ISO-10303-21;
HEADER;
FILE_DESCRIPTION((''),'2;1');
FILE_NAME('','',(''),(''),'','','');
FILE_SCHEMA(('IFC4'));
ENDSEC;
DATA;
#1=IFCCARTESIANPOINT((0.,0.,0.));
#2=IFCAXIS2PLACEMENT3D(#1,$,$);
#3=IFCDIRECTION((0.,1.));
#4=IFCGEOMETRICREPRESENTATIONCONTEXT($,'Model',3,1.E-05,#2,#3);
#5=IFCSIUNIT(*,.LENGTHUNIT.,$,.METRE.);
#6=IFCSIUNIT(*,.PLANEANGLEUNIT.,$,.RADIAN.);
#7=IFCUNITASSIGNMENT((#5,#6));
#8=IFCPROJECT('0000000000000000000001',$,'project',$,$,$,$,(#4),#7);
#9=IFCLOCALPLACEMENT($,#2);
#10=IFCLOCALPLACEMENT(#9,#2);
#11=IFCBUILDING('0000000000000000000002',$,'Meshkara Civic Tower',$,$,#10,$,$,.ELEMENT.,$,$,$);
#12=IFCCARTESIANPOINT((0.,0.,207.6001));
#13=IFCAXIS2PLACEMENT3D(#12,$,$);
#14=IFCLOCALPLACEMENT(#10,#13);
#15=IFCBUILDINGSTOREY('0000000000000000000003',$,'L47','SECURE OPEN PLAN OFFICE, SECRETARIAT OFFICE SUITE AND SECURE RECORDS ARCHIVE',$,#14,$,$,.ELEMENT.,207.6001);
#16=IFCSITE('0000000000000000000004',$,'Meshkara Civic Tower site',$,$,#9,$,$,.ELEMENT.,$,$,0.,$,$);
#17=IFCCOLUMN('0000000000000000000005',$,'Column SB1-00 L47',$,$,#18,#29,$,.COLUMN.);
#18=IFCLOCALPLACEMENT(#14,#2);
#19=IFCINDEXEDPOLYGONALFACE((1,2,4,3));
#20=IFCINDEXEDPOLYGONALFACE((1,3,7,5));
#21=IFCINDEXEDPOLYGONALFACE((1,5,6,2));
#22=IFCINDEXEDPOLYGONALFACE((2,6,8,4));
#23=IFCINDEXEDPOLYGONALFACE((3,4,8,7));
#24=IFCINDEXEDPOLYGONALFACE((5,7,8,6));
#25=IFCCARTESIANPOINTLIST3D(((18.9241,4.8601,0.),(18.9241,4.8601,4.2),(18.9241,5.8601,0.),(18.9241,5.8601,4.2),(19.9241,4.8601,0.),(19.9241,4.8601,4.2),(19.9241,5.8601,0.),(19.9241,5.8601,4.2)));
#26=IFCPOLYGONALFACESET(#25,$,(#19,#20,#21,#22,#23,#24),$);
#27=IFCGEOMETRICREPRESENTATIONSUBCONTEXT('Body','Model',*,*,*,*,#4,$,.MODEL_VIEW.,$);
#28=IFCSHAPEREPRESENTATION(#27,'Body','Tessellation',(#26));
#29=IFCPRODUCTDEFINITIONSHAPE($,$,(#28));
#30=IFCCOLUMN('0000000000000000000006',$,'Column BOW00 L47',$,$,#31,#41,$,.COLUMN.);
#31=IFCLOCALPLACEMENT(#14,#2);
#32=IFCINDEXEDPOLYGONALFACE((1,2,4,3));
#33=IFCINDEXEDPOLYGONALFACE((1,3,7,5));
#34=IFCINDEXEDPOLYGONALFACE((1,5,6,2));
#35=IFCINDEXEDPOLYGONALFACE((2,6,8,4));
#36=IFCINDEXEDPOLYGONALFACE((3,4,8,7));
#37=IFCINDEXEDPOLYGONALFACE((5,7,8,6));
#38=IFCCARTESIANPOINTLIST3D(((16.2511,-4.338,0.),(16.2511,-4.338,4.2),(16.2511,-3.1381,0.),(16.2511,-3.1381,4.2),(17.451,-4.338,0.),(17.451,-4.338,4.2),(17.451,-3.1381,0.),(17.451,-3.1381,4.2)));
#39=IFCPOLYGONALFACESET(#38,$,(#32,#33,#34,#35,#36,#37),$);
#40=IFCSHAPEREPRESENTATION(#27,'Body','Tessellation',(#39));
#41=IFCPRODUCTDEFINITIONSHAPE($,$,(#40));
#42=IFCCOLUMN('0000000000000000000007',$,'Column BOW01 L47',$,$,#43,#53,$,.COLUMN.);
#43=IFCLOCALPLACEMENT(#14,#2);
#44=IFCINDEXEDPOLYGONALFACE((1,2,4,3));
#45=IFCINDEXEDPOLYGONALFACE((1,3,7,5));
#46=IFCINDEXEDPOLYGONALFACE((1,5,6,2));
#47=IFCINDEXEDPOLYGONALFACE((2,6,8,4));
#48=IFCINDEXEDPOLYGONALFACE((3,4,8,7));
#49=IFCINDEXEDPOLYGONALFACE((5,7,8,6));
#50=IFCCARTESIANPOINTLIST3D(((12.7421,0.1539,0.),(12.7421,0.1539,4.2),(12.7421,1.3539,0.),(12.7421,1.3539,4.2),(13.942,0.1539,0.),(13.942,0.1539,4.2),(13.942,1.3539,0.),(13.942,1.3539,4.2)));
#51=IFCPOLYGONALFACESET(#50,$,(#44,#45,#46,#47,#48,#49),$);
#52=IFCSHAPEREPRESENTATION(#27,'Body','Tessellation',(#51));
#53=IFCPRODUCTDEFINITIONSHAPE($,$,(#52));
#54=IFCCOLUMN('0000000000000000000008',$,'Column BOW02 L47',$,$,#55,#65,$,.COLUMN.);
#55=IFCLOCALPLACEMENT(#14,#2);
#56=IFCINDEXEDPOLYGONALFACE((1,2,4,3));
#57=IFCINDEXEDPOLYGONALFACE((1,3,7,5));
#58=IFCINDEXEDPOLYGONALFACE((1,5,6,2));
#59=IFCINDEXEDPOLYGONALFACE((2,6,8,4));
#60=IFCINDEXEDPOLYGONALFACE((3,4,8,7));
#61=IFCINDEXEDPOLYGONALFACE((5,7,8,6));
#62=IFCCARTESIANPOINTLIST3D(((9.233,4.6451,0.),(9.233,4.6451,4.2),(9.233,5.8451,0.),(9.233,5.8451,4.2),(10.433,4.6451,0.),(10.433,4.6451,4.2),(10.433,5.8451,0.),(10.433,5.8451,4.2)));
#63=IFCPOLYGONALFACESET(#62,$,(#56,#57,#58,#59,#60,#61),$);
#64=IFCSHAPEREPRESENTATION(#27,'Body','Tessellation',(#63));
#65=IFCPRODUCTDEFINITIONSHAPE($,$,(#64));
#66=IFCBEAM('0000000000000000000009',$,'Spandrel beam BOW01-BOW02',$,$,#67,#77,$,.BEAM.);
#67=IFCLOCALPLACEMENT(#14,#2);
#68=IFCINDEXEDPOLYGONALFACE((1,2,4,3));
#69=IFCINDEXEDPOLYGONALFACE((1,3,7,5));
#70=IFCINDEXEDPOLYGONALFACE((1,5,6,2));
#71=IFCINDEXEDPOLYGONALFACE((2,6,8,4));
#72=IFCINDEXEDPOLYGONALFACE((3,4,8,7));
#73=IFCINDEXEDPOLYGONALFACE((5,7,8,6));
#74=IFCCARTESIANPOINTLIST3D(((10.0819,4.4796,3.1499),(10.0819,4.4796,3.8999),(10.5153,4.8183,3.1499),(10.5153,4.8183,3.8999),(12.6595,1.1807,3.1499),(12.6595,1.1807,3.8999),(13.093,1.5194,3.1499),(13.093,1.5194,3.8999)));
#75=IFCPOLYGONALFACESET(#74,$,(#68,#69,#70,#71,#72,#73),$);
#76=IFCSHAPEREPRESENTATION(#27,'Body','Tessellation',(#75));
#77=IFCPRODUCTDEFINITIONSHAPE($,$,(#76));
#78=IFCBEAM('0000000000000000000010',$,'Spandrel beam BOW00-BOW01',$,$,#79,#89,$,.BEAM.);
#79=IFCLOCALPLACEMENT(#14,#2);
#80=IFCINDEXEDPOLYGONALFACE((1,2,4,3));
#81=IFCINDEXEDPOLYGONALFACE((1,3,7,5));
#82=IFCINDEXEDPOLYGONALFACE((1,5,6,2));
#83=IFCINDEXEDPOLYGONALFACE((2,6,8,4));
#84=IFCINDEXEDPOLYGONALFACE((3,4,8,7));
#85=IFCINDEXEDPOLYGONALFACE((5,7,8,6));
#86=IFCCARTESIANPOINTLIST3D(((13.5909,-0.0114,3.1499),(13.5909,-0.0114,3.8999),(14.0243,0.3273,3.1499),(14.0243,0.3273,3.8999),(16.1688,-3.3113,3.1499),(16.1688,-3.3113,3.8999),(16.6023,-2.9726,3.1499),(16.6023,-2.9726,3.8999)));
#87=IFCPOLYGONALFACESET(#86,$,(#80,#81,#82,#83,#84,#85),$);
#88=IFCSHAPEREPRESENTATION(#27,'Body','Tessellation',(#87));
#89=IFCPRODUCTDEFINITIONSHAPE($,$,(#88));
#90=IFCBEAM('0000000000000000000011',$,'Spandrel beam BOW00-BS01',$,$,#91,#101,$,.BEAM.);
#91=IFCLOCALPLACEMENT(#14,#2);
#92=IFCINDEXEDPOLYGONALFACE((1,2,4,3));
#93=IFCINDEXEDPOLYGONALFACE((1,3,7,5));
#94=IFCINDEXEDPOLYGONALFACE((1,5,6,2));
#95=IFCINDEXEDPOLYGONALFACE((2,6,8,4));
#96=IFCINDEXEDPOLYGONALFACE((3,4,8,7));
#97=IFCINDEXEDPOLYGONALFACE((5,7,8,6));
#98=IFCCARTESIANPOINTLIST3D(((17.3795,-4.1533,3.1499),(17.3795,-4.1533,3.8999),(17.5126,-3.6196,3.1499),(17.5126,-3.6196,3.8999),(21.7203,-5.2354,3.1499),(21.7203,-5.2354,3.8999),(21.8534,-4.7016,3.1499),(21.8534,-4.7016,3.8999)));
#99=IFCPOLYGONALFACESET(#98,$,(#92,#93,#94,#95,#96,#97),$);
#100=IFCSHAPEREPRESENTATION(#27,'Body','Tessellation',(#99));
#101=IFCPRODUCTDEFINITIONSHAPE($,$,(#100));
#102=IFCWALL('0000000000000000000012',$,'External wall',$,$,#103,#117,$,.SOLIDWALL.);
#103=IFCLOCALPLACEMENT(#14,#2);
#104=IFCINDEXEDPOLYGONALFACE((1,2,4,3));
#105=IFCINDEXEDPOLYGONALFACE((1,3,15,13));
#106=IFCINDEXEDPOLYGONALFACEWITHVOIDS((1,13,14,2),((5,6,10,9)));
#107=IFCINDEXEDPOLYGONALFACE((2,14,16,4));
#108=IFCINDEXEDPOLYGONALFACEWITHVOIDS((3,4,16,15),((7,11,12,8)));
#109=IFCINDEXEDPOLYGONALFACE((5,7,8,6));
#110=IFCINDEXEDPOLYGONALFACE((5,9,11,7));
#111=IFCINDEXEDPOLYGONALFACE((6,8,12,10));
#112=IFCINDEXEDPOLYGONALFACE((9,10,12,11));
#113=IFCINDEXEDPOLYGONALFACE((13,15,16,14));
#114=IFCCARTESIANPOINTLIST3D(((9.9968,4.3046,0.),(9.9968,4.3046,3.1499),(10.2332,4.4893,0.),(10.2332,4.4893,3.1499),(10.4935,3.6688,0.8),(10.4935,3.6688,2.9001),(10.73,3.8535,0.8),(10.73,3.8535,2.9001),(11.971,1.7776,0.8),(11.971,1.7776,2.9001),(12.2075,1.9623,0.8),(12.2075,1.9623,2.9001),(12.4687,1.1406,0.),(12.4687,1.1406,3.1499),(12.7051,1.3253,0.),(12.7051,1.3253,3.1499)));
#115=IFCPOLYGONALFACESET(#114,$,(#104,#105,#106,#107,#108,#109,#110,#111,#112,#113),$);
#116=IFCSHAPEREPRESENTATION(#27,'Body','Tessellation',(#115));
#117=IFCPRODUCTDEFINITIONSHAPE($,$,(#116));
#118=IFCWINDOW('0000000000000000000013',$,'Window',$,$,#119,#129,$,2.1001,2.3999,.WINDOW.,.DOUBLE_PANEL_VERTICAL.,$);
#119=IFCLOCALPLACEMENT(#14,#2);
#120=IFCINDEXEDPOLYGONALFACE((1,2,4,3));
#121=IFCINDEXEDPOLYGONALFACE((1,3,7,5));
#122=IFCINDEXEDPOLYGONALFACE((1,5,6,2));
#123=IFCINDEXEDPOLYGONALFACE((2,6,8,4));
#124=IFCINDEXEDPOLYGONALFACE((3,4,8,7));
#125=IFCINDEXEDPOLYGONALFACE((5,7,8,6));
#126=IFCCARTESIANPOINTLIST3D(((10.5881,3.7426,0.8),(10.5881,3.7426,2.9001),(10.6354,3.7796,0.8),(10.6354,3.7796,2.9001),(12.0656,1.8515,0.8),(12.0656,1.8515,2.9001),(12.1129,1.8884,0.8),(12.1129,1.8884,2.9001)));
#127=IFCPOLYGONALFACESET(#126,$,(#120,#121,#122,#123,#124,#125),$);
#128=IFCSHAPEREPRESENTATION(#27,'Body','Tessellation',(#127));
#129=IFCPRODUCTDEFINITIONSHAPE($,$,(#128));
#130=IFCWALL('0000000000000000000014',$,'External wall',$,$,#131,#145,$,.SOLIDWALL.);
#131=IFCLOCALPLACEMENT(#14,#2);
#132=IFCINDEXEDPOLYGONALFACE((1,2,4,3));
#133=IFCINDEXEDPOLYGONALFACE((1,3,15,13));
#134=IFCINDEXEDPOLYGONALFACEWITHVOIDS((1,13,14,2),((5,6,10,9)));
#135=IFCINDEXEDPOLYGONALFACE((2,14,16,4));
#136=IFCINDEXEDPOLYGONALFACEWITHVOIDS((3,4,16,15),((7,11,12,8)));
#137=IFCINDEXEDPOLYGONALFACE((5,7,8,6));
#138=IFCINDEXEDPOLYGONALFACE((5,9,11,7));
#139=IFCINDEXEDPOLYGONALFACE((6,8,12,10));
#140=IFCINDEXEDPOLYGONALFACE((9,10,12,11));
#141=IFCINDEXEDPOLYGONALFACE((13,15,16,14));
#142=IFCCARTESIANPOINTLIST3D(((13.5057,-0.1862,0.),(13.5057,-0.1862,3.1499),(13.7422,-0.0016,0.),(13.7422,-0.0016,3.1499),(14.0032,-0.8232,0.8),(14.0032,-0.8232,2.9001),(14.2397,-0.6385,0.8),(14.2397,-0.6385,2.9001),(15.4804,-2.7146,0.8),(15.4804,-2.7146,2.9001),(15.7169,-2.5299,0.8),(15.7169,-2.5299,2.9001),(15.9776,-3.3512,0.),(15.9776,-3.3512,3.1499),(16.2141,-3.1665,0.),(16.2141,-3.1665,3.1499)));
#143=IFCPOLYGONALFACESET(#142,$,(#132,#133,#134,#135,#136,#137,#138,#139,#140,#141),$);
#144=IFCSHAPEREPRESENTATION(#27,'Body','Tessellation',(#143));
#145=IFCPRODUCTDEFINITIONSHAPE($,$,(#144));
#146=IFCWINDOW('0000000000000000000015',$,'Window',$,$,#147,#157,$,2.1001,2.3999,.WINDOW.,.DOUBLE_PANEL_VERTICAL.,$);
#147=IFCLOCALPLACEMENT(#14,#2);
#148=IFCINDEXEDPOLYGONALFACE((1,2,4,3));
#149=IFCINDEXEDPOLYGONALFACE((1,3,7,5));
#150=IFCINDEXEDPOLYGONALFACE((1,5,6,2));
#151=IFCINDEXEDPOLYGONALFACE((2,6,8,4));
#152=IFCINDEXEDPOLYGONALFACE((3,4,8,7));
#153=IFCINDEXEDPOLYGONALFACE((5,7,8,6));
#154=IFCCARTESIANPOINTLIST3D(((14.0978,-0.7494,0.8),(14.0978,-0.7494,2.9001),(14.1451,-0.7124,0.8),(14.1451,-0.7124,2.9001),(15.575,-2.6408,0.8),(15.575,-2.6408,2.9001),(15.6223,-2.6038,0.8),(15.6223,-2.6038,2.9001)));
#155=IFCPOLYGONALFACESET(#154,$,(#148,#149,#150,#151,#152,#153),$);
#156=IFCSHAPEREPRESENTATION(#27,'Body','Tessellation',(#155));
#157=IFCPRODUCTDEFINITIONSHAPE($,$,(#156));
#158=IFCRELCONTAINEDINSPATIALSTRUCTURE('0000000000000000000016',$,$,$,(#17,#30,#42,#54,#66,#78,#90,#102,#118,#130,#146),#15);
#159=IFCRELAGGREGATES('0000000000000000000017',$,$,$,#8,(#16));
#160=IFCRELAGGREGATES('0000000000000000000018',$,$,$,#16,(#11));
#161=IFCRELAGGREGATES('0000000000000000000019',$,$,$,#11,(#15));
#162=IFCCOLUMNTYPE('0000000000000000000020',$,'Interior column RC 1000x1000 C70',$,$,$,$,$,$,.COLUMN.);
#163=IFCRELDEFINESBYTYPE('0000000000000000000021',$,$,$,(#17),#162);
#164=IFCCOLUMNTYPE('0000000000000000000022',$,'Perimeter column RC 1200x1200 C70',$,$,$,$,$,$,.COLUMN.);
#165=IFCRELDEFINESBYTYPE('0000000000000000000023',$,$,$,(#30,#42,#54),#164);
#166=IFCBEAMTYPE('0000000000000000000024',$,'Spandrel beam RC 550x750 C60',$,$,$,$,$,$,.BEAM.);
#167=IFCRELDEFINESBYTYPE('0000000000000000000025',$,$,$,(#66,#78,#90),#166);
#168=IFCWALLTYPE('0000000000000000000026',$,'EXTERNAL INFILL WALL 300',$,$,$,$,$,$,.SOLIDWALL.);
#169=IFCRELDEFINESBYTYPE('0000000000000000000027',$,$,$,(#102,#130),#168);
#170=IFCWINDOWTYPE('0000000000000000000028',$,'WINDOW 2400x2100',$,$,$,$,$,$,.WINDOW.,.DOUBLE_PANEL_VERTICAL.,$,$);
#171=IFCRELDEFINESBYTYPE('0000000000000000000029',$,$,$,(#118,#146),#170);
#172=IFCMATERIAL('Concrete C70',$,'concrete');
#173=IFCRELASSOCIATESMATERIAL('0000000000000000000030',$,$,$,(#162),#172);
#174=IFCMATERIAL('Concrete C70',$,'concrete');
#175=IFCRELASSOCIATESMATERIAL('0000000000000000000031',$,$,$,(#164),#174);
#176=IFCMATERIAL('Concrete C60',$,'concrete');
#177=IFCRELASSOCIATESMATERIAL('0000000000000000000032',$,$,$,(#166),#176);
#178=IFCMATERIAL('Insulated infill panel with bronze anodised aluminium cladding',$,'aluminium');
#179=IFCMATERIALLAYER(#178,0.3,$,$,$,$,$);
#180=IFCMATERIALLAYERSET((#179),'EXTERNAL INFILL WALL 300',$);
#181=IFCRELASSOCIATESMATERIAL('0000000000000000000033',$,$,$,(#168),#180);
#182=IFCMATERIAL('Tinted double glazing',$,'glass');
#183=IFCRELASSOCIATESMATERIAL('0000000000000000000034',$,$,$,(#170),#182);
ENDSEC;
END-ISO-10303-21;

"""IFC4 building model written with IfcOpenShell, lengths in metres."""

from ifc_helpers import new_model, si_unit, direction, frame, frame_2d, origin, origin_2d, place, context, subcontext, project, spatial, rectangle, extrude, material, layer, layer_set, material_profile, profile_set, type_object, element, fill, save


model = new_model("IFC4")

# Units and contexts
model_context = context("Model", 3, precision=1e-05, world=origin(), true_north=direction((0.0, 1.0)))
body_context = subcontext(model_context, "Body", "Model", "MODEL_VIEW")
ifc_project = project(units=[si_unit("LENGTHUNIT", "METRE"), si_unit("PLANEANGLEUNIT", "RADIAN")], contexts=[model_context])

# Site, building, storey
site_placement = place(None, origin())
site = spatial("IfcSite", under=ifc_project, at=site_placement, Name="Meshkara Civic Tower site", CompositionType="ELEMENT", RefElevation=0.0)
building_placement = place(site_placement, origin())
building = spatial("IfcBuilding", under=site, at=building_placement, Name="Meshkara Civic Tower", CompositionType="ELEMENT")
storey_placement = place(building_placement, frame((0.0, 0.0, 207.6001)))
storey = spatial("IfcBuildingStorey", under=building, at=storey_placement, Name="L47", Description="SECURE OPEN PLAN OFFICE, SECRETARIAT OFFICE SUITE AND SECURE RECORDS ARCHIVE", CompositionType="ELEMENT", Elevation=207.6001)

# Columns
ifc_material_1 = material(Name="Concrete C70", Category="concrete")
ifc_material_profile_1 = material_profile(ifc_material_1, rectangle(XDim=1.0, YDim=1.0, at=origin_2d()))
ifc_profile_set_1 = profile_set([ifc_material_profile_1], Name="Concrete C70")
column_type_1 = type_object("IfcColumnType", Name="Interior column RC 1000x1000 C70", PredefinedType="COLUMN", material=ifc_profile_set_1)
column_placement = place(storey_placement, frame((19.4241, 5.3601, 0.0), z_axis=(0.0, 0.0, 1.0), x_axis=(1.0, 0.0, 0.0)))
element("IfcColumn", 1, at=column_placement, inside=storey, type_object=column_type_1, Name="Column SB1-00 L47", PredefinedType="COLUMN", context=body_context, shape_type="SweptSolid", body=[
    extrude(rectangle(XDim=1.0, YDim=1.0, at=origin_2d()), origin(), (0.0, 0.0, 1.0), 4.2),
])
ifc_material_2 = material(Name="Concrete C70", Category="concrete")
ifc_material_profile_2 = material_profile(ifc_material_2, rectangle(XDim=1.2, YDim=1.2, at=origin_2d()))
ifc_profile_set_2 = profile_set([ifc_material_profile_2], Name="Concrete C70")
column_type_2 = type_object("IfcColumnType", Name="Perimeter column RC 1200x1200 C70", PredefinedType="COLUMN", material=ifc_profile_set_2)
for number, where, z_axis, x_axis, name in (
    (2, (16.8511, -3.738, 0.0), (0.0, 0.0, 1.0), (1.0, 0.0, 0.0), "Column BOW00 L47"),
    (3, (13.342, 0.7539, 0.0), (0.0, 0.0, 1.0), (1.0, 0.0, 0.0), "Column BOW01 L47"),
    (4, (9.833, 5.2451, 0.0), (0.0, 0.0, 1.0), (1.0, 0.0, 0.0), "Column BOW02 L47"),
):
    element("IfcColumn", number, at=place(storey_placement, frame(where, z_axis=z_axis, x_axis=x_axis)), inside=storey, type_object=column_type_2, Name=name, PredefinedType="COLUMN", context=body_context, shape_type="SweptSolid", body=[
        extrude(rectangle(XDim=1.2, YDim=1.2, at=origin_2d()), origin(), (0.0, 0.0, 1.0), 4.2),
    ])

# Beams
ifc_material_3 = material(Name="Concrete C60", Category="concrete")
ifc_material_profile_3 = material_profile(ifc_material_3, rectangle(XDim=0.55, YDim=0.75, at=origin_2d()))
ifc_profile_set_3 = profile_set([ifc_material_profile_3], Name="Concrete C60")
beam_type = type_object("IfcBeamType", Name="Spandrel beam RC 550x750 C60", PredefinedType="BEAM", material=ifc_profile_set_3)
beam_1_placement = place(storey_placement, frame((10.2986, 4.6489, 3.5249), z_axis=(0.615707, -0.787975, 0.0), x_axis=(0.787975, 0.615707, 0.0)))
element("IfcBeam", 5, at=beam_1_placement, inside=storey, type_object=beam_type, Name="Spandrel beam BOW01-BOW02", PredefinedType="BEAM", context=body_context, shape_type="SweptSolid", body=[
    extrude(rectangle(XDim=0.55, YDim=0.75, at=origin_2d()), origin(), (0.0, 0.0, 1.0), 4.1865),
])
beam_2_placement = place(storey_placement, frame((13.8076, 0.158, 3.5249), z_axis=(0.61563, -0.788035, 0.0), x_axis=(0.788035, 0.61563, 0.0)))
element("IfcBeam", 6, at=beam_2_placement, inside=storey, type_object=beam_type, Name="Spandrel beam BOW00-BOW01", PredefinedType="BEAM", context=body_context, shape_type="SweptSolid", body=[
    extrude(rectangle(XDim=0.55, YDim=0.75, at=origin_2d()), origin(), (0.0, 0.0, 1.0), 4.1875),
])
beam_3_placement = place(storey_placement, frame((17.446, -3.8865, 3.5249), z_axis=(0.970309, -0.241868, 0.0), x_axis=(0.241868, 0.970309, 0.0)))
element("IfcBeam", 7, at=beam_3_placement, inside=storey, type_object=beam_type, Name="Spandrel beam BOW00-BS01", PredefinedType="BEAM", context=body_context, shape_type="SweptSolid", body=[
    extrude(rectangle(XDim=0.55, YDim=0.75, at=origin_2d()), origin(), (0.0, 0.0, 1.0), 4.4736),
])

# Walls, openings, windows
ifc_material_4 = material(Name="Insulated infill panel with bronze anodised aluminium cladding", Category="aluminium")
ifc_layer = layer(ifc_material_4, 0.3)
ifc_layer_set = layer_set([ifc_layer], Name="EXTERNAL INFILL WALL 300")
wall_type = type_object("IfcWallType", Name="EXTERNAL INFILL WALL 300", PredefinedType="SOLIDWALL", material=ifc_layer_set)
wall_1_placement = place(storey_placement, frame((10.115, 4.397, 0.0), z_axis=(0.0, 0.0, 1.0), x_axis=(0.615644, -0.788024, 0.0)))
wall_1 = element("IfcWall", 8, at=wall_1_placement, inside=storey, type_object=wall_type, Name="External wall", PredefinedType="SOLIDWALL", context=body_context, shape_type="SweptSolid", body=[
    extrude(rectangle(XDim=4.0151, YDim=0.3, at=frame_2d((2.0076, 0.0))), origin(), (0.0, 0.0, 1.0), 3.1499),
])
opening_1_placement = place(wall_1_placement, frame((0.8069, 0.0, 0.8)))
opening_1 = element("IfcOpeningElement", 9, at=opening_1_placement, cuts=wall_1, PredefinedType="OPENING", context=body_context, shape_type="SweptSolid", body=[
    extrude(rectangle(XDim=2.3999, YDim=2.1001, at=frame_2d((1.2, 1.05))), frame((0.0, 0.1599, 0.0), z_axis=(0.0, -1.0, 0.0), x_axis=(1.0, 0.0, 0.0)), (0.0, 0.0, 1.0), 0.3201),
])
ifc_material_5 = material(Name="Tinted double glazing", Category="glass")
window_type = type_object("IfcWindowType", Name="WINDOW 2400x2100", PartitioningType="DOUBLE_PANEL_VERTICAL", PredefinedType="WINDOW", material=ifc_material_5)
window_1_placement = place(opening_1_placement, origin())
window_1 = element("IfcWindow", 10, at=window_1_placement, inside=storey, type_object=window_type, Name="Window", OverallHeight=2.1001, OverallWidth=2.3999, PartitioningType="DOUBLE_PANEL_VERTICAL", PredefinedType="WINDOW", context=body_context, shape_type="SweptSolid", body=[
    extrude(rectangle(XDim=2.3999, YDim=2.1001, at=frame_2d((1.2, 1.05))), frame((0.0, 0.03, 0.0), z_axis=(0.0, -1.0, 0.0), x_axis=(1.0, 0.0, 0.0)), (0.0, 0.0, 1.0), 0.0601),
])
fill(opening_1, window_1)
wall_2_placement = place(storey_placement, frame((13.624, -0.094, 0.0), z_axis=(0.0, 0.0, 1.0), x_axis=(0.615526, -0.788117, 0.0)))
wall_2 = element("IfcWall", 11, at=wall_2_placement, inside=storey, type_object=wall_type, Name="External wall", PredefinedType="SOLIDWALL", context=body_context, shape_type="SweptSolid", body=[
    extrude(rectangle(XDim=4.0159, YDim=0.3, at=frame_2d((2.0078, 0.0))), origin(), (0.0, 0.0, 1.0), 3.1499),
])
opening_2_placement = place(wall_2_placement, frame((0.8081, 0.0, 0.8)))
opening_2 = element("IfcOpeningElement", 12, at=opening_2_placement, cuts=wall_2, PredefinedType="OPENING", context=body_context, shape_type="SweptSolid", body=[
    extrude(rectangle(XDim=2.3999, YDim=2.1001, at=frame_2d((1.2, 1.05))), frame((0.0, 0.1599, 0.0), z_axis=(0.0, -1.0, 0.0), x_axis=(1.0, 0.0, 0.0)), (0.0, 0.0, 1.0), 0.3201),
])
window_2_placement = place(opening_2_placement, origin())
window_2 = element("IfcWindow", 13, at=window_2_placement, inside=storey, type_object=window_type, Name="Window", OverallHeight=2.1001, OverallWidth=2.3999, PartitioningType="DOUBLE_PANEL_VERTICAL", PredefinedType="WINDOW", context=body_context, shape_type="SweptSolid", body=[
    extrude(rectangle(XDim=2.3999, YDim=2.1001, at=frame_2d((1.2, 1.05))), frame((0.0, 0.03, 0.0), z_axis=(0.0, -1.0, 0.0), x_axis=(1.0, 0.0, 0.0)), (0.0, 0.0, 1.0), 0.0601),
])
fill(opening_2, window_2)

save(model, "model.ifc")
